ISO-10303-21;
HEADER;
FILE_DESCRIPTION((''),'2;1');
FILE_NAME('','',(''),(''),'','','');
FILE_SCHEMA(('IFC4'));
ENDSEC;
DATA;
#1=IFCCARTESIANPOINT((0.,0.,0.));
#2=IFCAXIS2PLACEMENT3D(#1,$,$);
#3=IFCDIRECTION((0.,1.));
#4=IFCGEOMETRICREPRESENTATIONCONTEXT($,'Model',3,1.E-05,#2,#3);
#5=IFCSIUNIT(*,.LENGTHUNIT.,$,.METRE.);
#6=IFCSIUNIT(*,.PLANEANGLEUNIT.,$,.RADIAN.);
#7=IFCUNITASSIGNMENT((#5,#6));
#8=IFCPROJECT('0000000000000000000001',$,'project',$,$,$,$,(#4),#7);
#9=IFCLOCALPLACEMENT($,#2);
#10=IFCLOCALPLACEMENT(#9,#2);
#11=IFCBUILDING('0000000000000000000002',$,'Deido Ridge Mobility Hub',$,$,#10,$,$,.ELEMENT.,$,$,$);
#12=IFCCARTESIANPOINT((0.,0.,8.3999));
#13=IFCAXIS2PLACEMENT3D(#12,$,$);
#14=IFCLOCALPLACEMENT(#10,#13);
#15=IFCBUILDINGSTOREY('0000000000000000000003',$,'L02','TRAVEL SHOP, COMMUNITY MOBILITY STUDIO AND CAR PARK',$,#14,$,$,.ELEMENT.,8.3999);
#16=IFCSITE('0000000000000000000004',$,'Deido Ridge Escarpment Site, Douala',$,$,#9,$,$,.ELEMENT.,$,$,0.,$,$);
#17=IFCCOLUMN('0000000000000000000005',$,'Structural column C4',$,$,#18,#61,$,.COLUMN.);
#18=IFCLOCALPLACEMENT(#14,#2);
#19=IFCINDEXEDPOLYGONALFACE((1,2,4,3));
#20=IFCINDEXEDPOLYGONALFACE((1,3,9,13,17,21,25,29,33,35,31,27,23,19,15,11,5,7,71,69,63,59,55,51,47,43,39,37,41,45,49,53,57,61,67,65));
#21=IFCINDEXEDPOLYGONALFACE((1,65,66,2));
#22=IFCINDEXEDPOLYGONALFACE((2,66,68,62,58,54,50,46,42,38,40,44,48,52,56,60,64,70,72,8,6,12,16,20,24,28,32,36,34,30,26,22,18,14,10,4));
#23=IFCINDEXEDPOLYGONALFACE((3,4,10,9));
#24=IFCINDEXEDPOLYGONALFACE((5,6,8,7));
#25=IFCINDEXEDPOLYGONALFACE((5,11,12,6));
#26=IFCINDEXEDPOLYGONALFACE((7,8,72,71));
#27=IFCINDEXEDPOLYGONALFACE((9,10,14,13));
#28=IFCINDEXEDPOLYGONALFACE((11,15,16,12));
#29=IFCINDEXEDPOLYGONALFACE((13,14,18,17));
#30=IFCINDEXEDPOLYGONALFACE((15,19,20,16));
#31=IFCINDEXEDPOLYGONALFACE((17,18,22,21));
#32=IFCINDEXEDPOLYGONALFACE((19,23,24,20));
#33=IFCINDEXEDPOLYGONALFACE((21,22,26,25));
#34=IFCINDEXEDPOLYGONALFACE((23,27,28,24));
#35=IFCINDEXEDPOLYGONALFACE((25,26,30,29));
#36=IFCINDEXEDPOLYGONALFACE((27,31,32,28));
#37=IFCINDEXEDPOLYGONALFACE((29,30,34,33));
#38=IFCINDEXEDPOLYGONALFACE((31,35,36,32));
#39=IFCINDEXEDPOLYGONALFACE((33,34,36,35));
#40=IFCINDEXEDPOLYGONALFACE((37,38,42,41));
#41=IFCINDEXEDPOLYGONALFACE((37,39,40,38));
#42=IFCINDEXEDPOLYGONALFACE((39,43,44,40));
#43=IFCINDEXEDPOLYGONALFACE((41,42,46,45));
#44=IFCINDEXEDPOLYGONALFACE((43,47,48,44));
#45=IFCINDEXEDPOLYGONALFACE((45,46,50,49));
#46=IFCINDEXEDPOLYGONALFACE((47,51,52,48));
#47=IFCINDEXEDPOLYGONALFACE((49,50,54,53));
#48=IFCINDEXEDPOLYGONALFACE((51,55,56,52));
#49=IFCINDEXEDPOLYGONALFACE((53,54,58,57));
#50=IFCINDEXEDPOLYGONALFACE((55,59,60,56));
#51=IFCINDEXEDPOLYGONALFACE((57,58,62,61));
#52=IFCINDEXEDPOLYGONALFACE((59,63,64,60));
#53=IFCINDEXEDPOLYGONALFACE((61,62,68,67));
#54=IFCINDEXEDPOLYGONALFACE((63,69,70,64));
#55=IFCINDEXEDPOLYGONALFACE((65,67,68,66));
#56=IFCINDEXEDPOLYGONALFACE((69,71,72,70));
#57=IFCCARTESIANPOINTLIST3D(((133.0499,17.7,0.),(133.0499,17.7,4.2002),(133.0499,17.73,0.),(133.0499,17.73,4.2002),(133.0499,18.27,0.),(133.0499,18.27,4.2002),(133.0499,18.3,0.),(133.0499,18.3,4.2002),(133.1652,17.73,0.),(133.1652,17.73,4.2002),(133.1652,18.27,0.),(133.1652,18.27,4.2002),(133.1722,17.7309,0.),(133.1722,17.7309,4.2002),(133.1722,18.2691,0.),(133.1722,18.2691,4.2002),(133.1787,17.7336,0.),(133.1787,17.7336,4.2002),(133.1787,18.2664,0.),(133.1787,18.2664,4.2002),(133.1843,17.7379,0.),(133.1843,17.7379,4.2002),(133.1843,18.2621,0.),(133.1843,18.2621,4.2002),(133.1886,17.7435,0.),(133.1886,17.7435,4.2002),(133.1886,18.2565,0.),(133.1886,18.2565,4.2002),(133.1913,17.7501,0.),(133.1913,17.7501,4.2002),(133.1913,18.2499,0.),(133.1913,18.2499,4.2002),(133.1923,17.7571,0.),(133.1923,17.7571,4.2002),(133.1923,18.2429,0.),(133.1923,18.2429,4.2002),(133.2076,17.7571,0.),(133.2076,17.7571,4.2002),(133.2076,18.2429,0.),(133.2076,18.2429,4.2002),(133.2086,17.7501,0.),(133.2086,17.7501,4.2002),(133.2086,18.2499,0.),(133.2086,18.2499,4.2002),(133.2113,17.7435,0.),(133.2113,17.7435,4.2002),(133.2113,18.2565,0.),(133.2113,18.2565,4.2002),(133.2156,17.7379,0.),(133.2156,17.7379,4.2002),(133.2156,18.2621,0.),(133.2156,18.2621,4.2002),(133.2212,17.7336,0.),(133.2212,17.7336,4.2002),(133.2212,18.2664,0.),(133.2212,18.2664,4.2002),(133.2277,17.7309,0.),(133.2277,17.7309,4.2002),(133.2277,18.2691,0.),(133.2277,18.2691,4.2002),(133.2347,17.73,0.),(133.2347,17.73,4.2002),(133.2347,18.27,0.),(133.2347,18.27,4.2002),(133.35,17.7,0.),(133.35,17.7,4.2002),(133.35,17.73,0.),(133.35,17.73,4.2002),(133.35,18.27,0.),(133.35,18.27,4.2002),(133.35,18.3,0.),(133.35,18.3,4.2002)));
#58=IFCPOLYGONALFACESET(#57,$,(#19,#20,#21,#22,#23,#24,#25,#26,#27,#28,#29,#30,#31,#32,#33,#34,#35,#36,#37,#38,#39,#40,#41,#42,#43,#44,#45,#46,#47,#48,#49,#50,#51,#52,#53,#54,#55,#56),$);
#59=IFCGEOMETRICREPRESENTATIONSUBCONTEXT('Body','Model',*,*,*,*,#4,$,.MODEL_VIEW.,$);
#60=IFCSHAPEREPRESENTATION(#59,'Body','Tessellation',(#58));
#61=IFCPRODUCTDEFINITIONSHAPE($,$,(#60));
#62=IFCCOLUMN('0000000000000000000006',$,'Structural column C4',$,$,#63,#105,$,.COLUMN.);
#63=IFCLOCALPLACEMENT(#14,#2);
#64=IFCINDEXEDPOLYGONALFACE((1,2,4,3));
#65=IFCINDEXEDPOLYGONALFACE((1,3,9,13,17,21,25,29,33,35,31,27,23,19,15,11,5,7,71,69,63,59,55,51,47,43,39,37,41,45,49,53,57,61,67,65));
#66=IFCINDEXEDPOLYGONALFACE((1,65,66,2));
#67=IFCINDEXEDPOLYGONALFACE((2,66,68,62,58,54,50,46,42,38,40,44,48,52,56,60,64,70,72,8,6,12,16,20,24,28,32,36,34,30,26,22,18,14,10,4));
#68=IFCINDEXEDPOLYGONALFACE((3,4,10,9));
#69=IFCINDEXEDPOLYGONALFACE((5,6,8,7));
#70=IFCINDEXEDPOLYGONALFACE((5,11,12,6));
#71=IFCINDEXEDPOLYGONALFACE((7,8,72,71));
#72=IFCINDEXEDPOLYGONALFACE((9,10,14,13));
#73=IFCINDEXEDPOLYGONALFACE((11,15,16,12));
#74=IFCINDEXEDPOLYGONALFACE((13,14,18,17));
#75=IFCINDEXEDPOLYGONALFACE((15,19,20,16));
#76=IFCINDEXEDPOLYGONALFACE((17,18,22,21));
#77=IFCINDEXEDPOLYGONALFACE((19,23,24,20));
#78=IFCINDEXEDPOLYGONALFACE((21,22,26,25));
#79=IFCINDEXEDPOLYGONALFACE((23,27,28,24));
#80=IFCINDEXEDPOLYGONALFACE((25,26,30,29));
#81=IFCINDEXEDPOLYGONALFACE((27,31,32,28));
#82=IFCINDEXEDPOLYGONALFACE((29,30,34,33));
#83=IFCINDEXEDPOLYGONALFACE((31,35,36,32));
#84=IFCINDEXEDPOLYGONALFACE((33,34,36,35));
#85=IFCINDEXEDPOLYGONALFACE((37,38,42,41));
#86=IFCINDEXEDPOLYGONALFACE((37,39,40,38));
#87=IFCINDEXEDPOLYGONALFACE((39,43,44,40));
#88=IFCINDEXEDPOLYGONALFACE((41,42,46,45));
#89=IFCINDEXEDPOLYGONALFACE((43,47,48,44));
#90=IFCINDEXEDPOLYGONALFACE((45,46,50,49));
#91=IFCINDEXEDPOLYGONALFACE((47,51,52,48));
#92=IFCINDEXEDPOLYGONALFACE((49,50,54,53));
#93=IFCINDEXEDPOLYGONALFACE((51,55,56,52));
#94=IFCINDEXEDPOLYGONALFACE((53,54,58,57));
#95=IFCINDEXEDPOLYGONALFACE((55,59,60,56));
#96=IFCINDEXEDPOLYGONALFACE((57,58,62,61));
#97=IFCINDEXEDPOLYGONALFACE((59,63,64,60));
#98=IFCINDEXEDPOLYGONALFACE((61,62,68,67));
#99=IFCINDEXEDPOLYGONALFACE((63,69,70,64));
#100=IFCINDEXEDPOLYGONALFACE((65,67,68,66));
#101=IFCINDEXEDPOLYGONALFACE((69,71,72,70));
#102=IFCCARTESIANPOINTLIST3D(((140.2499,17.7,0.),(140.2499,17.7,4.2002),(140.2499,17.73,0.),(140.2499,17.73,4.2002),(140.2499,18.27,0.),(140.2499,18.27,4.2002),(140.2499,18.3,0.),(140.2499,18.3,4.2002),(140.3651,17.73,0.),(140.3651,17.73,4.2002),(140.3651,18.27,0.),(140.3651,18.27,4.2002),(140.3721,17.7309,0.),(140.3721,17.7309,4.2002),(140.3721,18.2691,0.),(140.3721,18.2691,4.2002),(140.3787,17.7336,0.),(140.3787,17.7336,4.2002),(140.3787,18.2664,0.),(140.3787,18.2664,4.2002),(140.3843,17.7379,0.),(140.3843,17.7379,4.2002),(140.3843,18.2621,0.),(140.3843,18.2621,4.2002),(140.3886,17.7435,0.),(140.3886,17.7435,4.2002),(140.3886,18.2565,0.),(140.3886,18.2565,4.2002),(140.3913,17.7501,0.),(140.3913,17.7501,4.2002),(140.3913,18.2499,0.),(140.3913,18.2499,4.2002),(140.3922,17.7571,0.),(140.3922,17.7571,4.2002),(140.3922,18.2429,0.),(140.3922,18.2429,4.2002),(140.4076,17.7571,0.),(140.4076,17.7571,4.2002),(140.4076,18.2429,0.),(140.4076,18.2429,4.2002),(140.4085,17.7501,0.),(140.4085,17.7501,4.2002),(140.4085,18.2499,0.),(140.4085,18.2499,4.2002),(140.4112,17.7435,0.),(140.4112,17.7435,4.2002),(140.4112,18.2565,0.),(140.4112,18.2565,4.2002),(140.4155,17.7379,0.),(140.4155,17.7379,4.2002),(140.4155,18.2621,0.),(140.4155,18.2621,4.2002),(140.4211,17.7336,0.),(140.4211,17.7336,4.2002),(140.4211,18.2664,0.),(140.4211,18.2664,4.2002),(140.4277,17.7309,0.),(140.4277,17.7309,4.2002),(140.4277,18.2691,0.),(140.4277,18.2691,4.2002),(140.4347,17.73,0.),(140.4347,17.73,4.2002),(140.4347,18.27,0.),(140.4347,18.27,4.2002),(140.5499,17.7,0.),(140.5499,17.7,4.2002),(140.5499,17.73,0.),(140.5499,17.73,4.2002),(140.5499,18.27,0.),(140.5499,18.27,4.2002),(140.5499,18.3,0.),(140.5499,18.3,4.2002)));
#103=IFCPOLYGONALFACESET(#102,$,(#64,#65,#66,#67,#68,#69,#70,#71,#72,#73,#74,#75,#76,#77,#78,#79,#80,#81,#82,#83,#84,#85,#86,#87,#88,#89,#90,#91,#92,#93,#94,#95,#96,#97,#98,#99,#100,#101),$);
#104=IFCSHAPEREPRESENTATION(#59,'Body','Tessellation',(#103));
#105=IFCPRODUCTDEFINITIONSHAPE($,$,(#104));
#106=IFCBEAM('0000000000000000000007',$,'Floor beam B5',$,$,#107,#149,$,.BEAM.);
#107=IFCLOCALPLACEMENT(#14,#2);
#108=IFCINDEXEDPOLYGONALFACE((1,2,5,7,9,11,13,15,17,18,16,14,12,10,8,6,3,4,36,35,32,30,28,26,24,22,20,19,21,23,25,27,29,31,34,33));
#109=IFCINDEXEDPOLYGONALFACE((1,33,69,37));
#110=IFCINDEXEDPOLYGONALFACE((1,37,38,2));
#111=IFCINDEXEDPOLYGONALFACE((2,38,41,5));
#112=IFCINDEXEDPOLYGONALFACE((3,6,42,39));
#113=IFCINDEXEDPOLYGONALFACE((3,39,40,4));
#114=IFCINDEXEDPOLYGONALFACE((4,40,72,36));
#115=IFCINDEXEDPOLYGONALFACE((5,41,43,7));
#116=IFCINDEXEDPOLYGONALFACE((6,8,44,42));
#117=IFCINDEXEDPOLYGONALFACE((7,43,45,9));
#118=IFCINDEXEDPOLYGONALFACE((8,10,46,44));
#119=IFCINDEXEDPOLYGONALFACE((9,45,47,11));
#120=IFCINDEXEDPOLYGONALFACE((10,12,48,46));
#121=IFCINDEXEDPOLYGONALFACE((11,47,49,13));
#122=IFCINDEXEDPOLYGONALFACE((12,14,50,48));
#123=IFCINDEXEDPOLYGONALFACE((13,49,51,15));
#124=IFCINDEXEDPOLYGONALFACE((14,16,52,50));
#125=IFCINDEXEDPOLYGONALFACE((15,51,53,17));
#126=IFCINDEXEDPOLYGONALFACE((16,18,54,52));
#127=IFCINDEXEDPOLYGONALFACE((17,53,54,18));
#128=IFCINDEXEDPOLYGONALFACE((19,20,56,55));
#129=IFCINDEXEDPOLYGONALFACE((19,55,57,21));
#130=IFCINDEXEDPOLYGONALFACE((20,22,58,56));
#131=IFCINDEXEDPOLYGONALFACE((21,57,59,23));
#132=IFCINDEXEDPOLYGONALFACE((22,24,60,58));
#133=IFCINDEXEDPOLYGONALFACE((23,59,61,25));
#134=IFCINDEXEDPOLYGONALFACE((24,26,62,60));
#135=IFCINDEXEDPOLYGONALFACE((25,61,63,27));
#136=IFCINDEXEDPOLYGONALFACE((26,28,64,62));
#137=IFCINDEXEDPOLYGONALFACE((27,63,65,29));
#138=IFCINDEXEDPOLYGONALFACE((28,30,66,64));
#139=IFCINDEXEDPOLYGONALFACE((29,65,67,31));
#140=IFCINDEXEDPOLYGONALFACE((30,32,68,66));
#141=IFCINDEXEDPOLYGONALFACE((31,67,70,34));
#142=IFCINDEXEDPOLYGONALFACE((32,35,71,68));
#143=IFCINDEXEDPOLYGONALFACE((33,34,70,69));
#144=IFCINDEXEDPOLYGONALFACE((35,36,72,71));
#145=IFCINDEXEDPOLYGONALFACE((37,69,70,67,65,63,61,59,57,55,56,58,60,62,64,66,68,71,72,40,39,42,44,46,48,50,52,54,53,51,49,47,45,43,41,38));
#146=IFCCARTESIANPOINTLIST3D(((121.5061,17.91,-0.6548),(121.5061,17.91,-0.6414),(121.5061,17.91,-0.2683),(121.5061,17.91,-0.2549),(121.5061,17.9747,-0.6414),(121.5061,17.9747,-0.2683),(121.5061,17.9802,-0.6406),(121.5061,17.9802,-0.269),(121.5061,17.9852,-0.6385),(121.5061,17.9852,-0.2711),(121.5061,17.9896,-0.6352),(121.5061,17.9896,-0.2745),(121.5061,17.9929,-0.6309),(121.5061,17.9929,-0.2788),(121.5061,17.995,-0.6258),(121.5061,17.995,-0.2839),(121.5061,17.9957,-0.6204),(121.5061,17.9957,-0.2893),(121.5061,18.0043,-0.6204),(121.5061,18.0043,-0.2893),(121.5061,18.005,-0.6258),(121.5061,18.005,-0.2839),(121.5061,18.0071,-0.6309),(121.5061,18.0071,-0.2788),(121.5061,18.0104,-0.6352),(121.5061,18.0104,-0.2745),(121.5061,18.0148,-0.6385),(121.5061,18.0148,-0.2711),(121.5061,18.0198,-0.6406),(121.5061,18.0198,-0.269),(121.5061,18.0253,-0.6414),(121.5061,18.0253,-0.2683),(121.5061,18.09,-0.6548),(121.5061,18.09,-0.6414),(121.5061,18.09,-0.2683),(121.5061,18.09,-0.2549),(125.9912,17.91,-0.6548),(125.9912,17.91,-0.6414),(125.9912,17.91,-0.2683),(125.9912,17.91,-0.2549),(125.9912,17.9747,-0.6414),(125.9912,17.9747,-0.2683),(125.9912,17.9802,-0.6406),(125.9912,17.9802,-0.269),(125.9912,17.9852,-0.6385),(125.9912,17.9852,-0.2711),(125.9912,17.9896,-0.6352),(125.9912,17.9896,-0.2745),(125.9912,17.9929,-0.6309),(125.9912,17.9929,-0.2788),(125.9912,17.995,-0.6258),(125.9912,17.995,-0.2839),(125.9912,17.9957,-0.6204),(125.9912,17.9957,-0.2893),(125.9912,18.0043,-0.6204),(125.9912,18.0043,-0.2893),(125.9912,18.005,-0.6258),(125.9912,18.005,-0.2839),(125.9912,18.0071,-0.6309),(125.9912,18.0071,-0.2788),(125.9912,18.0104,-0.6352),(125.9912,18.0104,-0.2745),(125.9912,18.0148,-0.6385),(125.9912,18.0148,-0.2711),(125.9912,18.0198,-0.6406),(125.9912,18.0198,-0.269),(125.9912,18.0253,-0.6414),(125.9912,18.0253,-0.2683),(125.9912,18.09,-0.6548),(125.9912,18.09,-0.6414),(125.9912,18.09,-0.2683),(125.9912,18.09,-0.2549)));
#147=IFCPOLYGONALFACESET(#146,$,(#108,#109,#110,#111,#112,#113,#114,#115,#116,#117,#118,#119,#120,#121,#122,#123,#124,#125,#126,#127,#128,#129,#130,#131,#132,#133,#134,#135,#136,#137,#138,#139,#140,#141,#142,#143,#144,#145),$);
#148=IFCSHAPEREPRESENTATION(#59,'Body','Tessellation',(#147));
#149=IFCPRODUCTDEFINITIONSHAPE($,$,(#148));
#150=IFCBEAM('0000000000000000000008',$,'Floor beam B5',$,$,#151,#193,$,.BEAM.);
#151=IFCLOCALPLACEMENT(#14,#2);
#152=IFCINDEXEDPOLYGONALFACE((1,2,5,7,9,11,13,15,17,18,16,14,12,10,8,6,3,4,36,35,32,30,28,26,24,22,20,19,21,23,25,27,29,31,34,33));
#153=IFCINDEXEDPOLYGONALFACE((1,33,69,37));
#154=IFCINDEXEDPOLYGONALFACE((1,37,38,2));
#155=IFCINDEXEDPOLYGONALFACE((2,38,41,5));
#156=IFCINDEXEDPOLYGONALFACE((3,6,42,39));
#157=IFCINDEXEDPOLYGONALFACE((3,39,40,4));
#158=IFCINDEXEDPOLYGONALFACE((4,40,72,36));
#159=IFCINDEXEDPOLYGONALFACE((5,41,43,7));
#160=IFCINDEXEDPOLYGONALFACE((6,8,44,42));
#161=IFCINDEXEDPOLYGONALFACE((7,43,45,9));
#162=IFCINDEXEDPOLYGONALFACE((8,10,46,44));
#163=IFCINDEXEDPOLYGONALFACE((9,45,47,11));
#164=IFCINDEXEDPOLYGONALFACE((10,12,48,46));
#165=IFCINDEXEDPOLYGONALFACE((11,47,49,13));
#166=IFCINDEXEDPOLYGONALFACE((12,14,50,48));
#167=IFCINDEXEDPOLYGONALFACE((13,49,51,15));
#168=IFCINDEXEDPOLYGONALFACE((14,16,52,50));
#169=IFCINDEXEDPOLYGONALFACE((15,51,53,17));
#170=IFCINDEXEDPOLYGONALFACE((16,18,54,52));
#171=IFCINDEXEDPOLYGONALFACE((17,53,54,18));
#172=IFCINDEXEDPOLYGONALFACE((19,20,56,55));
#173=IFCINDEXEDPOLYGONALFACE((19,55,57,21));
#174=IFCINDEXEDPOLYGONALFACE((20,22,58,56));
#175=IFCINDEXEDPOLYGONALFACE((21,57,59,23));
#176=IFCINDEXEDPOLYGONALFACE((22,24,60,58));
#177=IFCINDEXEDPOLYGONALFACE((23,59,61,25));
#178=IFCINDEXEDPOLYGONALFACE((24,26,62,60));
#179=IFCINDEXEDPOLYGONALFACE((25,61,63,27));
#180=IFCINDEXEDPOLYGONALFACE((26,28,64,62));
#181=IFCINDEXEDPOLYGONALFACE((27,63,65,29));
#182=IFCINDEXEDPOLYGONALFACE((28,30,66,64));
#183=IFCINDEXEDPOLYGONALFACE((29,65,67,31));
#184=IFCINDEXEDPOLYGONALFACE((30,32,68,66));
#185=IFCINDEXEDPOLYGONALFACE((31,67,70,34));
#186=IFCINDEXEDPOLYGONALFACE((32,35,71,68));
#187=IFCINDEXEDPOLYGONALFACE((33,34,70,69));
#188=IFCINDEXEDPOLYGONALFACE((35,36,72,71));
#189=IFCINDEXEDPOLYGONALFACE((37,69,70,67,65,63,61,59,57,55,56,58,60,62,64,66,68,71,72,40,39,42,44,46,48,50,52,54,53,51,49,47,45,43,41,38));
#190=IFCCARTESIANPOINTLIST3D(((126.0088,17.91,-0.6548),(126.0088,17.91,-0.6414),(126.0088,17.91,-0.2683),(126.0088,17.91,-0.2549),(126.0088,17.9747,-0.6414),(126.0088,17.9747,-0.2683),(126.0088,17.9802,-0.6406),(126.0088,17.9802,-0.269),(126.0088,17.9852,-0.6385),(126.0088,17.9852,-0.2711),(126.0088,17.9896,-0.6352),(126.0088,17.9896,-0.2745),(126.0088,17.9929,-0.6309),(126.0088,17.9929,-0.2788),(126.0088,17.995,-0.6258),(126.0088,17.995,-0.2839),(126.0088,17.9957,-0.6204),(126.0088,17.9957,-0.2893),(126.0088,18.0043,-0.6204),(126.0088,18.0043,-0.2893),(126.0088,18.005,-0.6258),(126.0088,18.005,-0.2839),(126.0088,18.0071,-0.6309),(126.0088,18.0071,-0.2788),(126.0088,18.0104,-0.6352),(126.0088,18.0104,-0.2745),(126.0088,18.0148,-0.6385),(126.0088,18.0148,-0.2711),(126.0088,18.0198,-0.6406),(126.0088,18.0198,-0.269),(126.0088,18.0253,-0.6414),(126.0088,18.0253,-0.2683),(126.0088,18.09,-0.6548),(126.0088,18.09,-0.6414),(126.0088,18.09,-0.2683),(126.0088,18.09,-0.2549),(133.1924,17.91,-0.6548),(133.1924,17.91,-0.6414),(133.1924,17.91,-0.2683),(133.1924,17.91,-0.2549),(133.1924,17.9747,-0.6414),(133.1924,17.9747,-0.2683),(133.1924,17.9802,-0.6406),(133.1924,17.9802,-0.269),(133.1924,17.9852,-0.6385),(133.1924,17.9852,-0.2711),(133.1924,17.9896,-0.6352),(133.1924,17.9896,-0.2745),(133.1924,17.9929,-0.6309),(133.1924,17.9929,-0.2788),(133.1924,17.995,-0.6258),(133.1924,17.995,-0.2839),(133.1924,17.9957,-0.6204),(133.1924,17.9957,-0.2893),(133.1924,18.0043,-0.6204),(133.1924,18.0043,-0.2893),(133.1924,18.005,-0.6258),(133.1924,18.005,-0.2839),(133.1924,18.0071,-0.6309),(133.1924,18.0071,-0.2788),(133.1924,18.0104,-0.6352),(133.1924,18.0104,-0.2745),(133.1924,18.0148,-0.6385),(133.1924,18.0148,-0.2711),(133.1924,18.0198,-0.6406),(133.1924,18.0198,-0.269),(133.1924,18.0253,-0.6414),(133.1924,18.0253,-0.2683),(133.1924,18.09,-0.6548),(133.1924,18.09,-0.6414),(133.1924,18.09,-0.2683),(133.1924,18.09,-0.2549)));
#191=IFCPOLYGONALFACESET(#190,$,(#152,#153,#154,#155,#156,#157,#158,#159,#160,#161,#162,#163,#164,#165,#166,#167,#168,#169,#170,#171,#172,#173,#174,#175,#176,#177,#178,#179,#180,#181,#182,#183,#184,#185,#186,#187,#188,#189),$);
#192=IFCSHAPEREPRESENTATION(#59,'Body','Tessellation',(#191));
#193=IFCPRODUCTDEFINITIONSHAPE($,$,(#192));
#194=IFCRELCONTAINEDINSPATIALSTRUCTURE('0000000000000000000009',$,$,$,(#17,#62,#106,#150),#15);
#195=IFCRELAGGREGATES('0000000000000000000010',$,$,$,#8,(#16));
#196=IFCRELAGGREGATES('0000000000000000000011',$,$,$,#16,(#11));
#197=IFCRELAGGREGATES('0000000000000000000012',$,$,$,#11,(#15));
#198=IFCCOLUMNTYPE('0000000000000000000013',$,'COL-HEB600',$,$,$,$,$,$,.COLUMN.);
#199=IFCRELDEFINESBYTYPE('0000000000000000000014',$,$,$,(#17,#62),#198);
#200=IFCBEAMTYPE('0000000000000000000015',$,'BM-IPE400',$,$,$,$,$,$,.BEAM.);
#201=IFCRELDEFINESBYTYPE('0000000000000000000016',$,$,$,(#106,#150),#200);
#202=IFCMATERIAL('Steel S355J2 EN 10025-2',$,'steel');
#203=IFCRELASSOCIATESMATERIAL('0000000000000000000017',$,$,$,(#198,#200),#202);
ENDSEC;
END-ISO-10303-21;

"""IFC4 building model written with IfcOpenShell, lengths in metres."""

from ifc_helpers import new_model, si_unit, direction, frame, origin, origin_2d, place, context, subcontext, project, spatial, i_section, extrude, material, material_profile, profile_set, type_object, element, save


model = new_model("IFC4")

# Units and contexts
model_context = context("Model", 3, precision=1e-05, world=origin(), true_north=direction((0.0, 1.0)))
body_context = subcontext(model_context, "Body", "Model", "MODEL_VIEW")
ifc_project = project(units=[si_unit("LENGTHUNIT", "METRE"), si_unit("PLANEANGLEUNIT", "RADIAN")], contexts=[model_context])

# Site, building, storey
site_placement = place(None, origin())
site = spatial("IfcSite", under=ifc_project, at=site_placement, Name="Deido Ridge Escarpment Site, Douala", CompositionType="ELEMENT", RefElevation=0.0)
building_placement = place(site_placement, origin())
building = spatial("IfcBuilding", under=site, at=building_placement, Name="Deido Ridge Mobility Hub", CompositionType="ELEMENT")
storey_placement = place(building_placement, frame((0.0, 0.0, 8.3999)))
storey = spatial("IfcBuildingStorey", under=building, at=storey_placement, Name="L02", Description="TRAVEL SHOP, COMMUNITY MOBILITY STUDIO AND CAR PARK", CompositionType="ELEMENT", Elevation=8.3999)

# Columns
ifc_material_1 = material(Name="Steel S355J2 EN 10025-2", Category="steel")
ifc_material_profile_1 = material_profile(ifc_material_1, i_section(OverallWidth=0.3, OverallDepth=0.6001, WebThickness=0.0154, FlangeThickness=0.03, FilletRadius=0.0271, at=origin_2d()), Name="HEB 600")
ifc_profile_set_1 = profile_set([ifc_material_profile_1], Name="Steel S355J2 EN 10025-2")
column_type_1 = type_object("IfcColumnType", Name="COL-HEB600", PredefinedType="COLUMN", material=ifc_profile_set_1)
for number, where, z_axis, x_axis, name in (
    (1, (133.2, 18.0, 0.0), (0.0, 0.0, 1.0), (1.0, 0.0, 0.0), "Structural column C4"),
    (2, (140.3999, 18.0, 0.0), (0.0, 0.0, 1.0), (1.0, 0.0, 0.0), "Structural column C4"),
):
    element("IfcColumn", number, at=place(storey_placement, frame(where, z_axis=z_axis, x_axis=x_axis)), inside=storey, type_object=column_type_1, Name=name, PredefinedType="COLUMN", context=body_context, shape_type="SweptSolid", body=[
        extrude(i_section(OverallWidth=0.3, OverallDepth=0.6001, WebThickness=0.0154, FlangeThickness=0.03, FilletRadius=0.0271, at=origin_2d()), origin(), (0.0, 0.0, 1.0), 4.2002),
    ])

# Beams
ifc_material_profile_2 = material_profile(ifc_material_1, i_section(OverallWidth=0.1799, OverallDepth=0.3999, WebThickness=0.0085, FlangeThickness=0.0134, FilletRadius=0.021, at=origin_2d()), Name="IPE 400")
ifc_profile_set_2 = profile_set([ifc_material_profile_2], Name="Steel S355J2 EN 10025-2")
beam_type_1 = type_object("IfcBeamType", Name="BM-IPE400", PredefinedType="BEAM", material=ifc_profile_set_2)
beam_1_placement = place(storey_placement, frame((121.5061, 18.0, -0.4548), z_axis=(1.0, 0.0, 0.0), x_axis=(0.0, 1.0, 0.0)))
element("IfcBeam", 3, at=beam_1_placement, inside=storey, type_object=beam_type_1, Name="Floor beam B5", PredefinedType="BEAM", context=body_context, shape_type="SweptSolid", body=[
    extrude(i_section(OverallWidth=0.1799, OverallDepth=0.3999, WebThickness=0.0085, FlangeThickness=0.0134, FilletRadius=0.021, at=origin_2d()), origin(), (0.0, 0.0, 1.0), 4.4851),
])
beam_2_placement = place(storey_placement, frame((126.0088, 18.0, -0.4548), z_axis=(1.0, 0.0, 0.0), x_axis=(0.0, 1.0, 0.0)))
element("IfcBeam", 4, at=beam_2_placement, inside=storey, type_object=beam_type_1, Name="Floor beam B5", PredefinedType="BEAM", context=body_context, shape_type="SweptSolid", body=[
    extrude(i_section(OverallWidth=0.1799, OverallDepth=0.3999, WebThickness=0.0085, FlangeThickness=0.0134, FilletRadius=0.021, at=origin_2d()), origin(), (0.0, 0.0, 1.0), 7.1836),
])

save(model, "model.ifc")
